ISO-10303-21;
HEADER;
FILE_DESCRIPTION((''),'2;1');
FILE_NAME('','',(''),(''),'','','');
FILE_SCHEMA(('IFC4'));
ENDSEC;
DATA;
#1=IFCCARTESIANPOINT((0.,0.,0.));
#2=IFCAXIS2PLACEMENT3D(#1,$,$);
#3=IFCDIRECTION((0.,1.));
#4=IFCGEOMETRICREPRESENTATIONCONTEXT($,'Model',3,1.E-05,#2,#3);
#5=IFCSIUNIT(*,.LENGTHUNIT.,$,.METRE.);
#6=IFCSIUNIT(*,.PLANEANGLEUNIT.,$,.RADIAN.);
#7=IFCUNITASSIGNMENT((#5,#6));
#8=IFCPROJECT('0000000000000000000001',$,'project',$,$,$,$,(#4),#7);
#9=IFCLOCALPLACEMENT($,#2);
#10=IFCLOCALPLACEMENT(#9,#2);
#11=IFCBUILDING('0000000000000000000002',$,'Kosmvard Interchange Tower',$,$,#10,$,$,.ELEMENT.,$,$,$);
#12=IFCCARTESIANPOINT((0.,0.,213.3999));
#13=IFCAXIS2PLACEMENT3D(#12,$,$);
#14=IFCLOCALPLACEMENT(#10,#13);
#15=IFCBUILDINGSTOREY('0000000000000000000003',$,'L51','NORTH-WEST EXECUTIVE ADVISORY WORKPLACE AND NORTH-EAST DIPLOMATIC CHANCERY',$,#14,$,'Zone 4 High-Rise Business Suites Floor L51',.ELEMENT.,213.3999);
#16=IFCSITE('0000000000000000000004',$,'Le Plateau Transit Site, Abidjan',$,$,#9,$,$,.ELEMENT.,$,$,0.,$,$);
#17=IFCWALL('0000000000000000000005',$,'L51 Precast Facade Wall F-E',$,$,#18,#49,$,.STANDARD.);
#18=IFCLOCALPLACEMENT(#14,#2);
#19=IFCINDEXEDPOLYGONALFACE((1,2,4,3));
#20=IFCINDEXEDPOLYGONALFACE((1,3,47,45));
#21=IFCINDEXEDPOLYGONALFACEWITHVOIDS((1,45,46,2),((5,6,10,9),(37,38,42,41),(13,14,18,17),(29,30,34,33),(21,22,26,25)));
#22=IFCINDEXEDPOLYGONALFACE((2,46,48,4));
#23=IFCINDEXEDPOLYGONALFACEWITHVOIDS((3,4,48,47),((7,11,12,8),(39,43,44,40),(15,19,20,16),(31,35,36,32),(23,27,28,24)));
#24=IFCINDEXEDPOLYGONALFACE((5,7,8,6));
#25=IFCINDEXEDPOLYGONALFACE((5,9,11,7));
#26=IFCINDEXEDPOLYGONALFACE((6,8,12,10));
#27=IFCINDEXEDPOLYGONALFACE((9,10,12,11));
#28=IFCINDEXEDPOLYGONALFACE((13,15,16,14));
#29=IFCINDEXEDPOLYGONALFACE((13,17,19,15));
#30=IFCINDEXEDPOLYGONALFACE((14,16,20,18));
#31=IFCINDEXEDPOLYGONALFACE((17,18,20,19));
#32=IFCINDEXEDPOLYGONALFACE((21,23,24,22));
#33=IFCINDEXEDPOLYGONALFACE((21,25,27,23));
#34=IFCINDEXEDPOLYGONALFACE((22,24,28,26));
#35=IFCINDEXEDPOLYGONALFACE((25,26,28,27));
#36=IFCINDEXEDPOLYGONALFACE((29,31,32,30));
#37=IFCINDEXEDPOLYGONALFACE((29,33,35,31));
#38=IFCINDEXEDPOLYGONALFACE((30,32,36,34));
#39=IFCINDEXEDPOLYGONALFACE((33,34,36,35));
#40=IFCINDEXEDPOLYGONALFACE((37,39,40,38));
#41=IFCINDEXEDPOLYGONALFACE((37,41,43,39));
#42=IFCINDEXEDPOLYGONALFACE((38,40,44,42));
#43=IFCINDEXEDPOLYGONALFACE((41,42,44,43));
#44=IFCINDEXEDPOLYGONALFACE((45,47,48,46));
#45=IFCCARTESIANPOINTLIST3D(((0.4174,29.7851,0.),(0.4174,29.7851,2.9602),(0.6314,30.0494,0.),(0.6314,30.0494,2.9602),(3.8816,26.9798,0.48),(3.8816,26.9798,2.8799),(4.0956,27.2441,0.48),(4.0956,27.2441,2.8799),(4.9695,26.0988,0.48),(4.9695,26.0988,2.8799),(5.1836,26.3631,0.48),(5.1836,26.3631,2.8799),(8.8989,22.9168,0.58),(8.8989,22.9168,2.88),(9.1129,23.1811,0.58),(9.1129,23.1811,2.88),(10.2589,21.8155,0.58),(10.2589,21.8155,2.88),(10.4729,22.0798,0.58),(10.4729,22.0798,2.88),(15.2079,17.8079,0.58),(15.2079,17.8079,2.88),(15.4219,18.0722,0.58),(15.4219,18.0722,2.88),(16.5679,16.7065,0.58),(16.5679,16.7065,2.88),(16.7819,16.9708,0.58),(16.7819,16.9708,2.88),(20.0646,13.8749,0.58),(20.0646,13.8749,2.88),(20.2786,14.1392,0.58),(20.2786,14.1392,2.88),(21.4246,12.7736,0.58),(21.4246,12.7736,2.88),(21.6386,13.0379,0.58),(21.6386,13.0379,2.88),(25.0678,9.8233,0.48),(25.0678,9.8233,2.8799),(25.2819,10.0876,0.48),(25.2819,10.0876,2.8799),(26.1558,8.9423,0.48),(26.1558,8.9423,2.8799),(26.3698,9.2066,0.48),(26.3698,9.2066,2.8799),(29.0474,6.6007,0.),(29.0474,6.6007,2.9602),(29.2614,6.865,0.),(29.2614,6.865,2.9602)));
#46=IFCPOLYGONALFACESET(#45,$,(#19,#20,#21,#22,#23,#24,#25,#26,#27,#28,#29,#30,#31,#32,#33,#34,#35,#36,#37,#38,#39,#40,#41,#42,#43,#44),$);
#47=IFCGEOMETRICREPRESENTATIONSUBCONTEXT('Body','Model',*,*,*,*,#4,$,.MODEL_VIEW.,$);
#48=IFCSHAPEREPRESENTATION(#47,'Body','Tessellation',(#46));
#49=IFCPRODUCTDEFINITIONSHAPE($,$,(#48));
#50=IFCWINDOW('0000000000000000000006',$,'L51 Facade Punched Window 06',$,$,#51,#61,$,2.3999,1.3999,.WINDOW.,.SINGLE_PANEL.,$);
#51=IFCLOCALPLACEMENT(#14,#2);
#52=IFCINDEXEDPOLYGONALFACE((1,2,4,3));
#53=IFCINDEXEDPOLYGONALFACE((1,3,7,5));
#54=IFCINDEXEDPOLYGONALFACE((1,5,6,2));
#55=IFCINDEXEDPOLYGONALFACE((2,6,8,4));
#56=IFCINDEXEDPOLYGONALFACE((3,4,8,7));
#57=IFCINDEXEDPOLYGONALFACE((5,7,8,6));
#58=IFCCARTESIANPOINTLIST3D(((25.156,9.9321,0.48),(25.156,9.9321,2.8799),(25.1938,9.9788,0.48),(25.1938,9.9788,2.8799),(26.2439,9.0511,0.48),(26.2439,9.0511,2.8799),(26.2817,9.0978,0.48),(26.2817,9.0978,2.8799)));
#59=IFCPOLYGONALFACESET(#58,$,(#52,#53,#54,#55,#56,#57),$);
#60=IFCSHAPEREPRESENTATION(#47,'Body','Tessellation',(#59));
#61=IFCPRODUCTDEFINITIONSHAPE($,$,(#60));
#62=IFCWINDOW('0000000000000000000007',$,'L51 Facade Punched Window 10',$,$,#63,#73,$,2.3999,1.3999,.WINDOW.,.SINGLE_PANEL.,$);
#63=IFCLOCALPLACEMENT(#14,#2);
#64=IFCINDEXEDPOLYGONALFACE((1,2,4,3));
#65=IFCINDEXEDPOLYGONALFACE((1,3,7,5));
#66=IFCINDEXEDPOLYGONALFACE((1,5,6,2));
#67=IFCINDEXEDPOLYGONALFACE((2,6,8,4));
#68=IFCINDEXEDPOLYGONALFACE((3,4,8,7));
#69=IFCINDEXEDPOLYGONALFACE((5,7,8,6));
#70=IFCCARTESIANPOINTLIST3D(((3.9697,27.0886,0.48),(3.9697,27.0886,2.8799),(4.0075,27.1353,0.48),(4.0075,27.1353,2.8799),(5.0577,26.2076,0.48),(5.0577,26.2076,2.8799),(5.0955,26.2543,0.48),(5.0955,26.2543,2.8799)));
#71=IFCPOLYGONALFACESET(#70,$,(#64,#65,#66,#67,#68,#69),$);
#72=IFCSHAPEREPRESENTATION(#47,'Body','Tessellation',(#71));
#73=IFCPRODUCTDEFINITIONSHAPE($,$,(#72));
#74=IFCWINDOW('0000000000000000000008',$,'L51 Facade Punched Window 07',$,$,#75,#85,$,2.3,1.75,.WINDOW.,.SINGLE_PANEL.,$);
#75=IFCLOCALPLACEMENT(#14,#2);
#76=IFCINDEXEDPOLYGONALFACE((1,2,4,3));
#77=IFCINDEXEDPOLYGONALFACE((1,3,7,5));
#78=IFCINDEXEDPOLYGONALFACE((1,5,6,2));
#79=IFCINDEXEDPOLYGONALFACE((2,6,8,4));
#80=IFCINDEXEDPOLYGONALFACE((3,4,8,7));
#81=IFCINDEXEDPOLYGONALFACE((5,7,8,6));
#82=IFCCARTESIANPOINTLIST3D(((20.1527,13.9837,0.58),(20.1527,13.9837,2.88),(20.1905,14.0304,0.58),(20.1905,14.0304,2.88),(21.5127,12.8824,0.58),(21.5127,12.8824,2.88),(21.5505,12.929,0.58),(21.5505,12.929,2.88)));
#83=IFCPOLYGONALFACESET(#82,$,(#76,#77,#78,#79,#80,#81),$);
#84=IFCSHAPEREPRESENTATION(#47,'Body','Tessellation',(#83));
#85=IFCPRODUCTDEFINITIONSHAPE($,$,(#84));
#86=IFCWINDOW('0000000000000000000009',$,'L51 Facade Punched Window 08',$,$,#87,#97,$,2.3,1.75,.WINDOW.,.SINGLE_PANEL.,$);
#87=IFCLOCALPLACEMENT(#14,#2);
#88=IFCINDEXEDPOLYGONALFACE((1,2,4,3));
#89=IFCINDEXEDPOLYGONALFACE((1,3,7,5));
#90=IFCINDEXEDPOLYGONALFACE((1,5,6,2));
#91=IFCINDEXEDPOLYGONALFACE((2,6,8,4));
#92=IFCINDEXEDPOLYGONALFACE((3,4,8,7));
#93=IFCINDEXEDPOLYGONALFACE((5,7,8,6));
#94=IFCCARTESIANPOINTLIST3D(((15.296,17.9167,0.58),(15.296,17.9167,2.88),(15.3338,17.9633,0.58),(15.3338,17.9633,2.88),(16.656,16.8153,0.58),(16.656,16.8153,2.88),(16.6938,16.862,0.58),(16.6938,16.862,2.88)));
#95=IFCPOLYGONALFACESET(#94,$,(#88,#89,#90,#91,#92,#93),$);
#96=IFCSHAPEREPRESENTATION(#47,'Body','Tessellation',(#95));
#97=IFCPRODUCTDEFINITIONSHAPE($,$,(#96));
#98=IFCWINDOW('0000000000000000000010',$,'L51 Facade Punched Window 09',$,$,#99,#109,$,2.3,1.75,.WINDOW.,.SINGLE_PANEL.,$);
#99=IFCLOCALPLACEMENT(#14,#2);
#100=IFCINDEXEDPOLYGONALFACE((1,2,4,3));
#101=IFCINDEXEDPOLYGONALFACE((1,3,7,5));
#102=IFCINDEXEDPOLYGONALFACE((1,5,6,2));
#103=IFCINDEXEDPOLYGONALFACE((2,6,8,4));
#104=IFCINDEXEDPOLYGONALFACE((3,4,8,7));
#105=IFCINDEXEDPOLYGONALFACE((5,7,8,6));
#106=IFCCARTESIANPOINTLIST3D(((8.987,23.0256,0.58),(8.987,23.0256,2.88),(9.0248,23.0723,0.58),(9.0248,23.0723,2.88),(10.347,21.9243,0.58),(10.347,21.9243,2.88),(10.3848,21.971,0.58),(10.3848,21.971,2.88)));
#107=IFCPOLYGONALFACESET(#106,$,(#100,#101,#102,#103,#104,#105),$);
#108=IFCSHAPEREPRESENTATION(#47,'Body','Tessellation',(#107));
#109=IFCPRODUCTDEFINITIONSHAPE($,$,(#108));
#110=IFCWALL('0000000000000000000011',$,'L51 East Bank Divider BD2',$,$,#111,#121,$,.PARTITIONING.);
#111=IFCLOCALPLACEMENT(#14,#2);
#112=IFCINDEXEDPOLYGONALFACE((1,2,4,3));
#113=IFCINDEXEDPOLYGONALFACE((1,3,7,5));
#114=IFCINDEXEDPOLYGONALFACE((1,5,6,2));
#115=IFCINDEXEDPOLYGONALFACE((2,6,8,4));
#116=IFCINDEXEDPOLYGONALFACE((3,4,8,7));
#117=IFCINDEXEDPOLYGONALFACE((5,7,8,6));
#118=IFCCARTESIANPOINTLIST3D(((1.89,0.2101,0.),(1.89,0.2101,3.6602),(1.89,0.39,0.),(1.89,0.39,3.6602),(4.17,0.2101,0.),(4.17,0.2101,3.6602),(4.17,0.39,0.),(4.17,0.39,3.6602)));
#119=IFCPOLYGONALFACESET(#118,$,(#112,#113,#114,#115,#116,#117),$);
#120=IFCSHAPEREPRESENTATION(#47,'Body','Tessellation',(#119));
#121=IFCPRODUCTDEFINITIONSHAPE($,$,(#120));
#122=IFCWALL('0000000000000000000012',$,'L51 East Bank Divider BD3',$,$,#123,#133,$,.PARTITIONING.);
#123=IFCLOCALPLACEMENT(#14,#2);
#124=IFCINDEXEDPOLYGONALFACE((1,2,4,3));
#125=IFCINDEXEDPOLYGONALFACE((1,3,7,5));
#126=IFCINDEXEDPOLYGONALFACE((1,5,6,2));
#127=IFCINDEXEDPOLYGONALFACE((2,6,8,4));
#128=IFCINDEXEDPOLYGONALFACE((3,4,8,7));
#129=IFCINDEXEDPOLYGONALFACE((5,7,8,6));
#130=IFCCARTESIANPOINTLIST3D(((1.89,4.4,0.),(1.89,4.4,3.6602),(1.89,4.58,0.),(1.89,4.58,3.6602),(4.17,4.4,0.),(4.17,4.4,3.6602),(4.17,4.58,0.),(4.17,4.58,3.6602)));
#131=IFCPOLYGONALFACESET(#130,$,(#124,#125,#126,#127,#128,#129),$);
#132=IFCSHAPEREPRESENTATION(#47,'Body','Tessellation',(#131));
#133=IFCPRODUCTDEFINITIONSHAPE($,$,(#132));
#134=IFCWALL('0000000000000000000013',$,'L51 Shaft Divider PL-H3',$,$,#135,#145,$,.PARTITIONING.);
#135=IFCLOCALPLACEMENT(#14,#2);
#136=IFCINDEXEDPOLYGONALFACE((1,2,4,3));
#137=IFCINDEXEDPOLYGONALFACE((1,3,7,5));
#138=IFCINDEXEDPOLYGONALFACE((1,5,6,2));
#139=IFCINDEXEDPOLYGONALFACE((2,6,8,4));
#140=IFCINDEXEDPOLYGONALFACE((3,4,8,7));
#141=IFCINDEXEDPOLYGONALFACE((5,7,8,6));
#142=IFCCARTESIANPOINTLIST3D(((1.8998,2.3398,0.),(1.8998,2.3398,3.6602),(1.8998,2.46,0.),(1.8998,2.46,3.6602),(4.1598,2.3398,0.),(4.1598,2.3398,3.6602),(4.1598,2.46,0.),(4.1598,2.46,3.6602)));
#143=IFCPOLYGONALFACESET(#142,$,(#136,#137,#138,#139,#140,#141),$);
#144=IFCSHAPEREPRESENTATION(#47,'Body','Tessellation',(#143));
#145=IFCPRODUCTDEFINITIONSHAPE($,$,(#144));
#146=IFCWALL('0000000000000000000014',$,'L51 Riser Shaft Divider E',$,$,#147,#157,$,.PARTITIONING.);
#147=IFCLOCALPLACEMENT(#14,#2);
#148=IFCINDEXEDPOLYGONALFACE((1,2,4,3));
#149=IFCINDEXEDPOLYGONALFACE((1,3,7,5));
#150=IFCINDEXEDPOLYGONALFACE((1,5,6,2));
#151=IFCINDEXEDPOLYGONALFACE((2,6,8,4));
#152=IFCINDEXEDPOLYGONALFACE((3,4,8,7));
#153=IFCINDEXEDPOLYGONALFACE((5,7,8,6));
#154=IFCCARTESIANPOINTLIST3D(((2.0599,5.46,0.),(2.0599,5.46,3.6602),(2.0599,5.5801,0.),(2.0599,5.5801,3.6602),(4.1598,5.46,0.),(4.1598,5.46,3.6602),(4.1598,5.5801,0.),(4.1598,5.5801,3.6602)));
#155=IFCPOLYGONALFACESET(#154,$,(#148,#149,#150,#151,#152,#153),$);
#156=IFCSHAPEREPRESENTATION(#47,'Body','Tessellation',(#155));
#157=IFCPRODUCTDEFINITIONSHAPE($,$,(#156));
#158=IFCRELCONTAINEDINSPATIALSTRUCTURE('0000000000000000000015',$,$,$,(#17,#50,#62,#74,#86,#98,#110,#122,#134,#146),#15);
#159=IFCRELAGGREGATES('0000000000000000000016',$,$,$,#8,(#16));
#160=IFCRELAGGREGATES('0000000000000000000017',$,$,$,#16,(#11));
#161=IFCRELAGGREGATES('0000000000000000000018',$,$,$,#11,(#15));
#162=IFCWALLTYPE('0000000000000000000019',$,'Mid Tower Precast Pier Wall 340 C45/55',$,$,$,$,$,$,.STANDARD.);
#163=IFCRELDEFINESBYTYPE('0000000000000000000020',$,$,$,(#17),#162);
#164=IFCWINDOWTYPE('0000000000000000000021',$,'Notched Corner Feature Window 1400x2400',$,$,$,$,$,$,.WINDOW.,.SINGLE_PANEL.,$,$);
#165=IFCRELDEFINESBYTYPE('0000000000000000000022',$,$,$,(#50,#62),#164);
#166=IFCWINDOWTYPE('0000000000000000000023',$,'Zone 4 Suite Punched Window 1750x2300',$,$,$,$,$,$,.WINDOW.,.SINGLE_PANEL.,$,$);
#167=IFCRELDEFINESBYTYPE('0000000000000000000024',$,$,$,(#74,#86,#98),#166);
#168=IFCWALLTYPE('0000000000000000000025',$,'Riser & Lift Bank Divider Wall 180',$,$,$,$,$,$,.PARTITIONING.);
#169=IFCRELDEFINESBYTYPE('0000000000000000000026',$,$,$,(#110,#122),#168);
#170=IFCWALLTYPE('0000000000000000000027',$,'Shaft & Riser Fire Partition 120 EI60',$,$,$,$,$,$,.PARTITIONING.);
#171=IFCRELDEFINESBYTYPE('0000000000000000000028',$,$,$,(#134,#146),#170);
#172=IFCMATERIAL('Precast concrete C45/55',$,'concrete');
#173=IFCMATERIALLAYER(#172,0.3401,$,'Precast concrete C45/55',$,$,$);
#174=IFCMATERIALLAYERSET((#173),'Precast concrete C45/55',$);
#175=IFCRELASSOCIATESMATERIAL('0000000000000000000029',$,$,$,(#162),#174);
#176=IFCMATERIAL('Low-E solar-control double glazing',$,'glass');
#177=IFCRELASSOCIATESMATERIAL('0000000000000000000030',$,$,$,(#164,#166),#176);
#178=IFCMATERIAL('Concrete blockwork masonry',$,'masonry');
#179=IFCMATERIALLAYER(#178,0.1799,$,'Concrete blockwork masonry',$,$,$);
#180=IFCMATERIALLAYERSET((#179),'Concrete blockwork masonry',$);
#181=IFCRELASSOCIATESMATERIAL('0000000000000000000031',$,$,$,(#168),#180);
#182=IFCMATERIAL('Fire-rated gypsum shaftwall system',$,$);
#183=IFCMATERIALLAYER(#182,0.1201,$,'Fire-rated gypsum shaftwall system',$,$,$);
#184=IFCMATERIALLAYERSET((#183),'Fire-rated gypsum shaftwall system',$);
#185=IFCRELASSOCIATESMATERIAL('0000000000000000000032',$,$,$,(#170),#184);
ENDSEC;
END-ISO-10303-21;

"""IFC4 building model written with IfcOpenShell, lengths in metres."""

from ifc_helpers import new_model, si_unit, direction, frame, frame_2d, origin, place, context, subcontext, project, spatial, rectangle, extrude, source, transform, mapped, material, layer, layer_set, type_object, element, fill, save


model = new_model("IFC4")

# Units and contexts
model_context = context("Model", 3, precision=1e-05, world=origin(), true_north=direction((0.0, 1.0)))
body_context = subcontext(model_context, "Body", "Model", "MODEL_VIEW")
ifc_project = project(units=[si_unit("LENGTHUNIT", "METRE"), si_unit("PLANEANGLEUNIT", "RADIAN")], contexts=[model_context])

# Site, building, storey
site_placement = place(None, origin())
site = spatial("IfcSite", under=ifc_project, at=site_placement, Name="Le Plateau Transit Site, Abidjan", CompositionType="ELEMENT", RefElevation=0.0)
building_placement = place(site_placement, origin())
building = spatial("IfcBuilding", under=site, at=building_placement, Name="Kosmvard Interchange Tower", CompositionType="ELEMENT")
storey_placement = place(building_placement, frame((0.0, 0.0, 213.3999)))
storey = spatial("IfcBuildingStorey", under=building, at=storey_placement, Name="L51", Description="NORTH-WEST EXECUTIVE ADVISORY WORKPLACE AND NORTH-EAST DIPLOMATIC CHANCERY", LongName="Zone 4 High-Rise Business Suites Floor L51", CompositionType="ELEMENT", Elevation=213.3999)

# Shared definitions
ifc_material_1 = material(Name="Concrete blockwork masonry", Category="masonry")

# Shared definitions
ifc_material_2 = material(Name="Precast concrete C45/55", Category="concrete")
ifc_layer_1 = layer(ifc_material_2, 0.3401, Name="Precast concrete C45/55")
ifc_layer_set_1 = layer_set([ifc_layer_1], Name="Precast concrete C45/55")
wall_type_1 = type_object("IfcWallType", Name="Mid Tower Precast Pier Wall 340 C45/55", PredefinedType="STANDARD", material=ifc_layer_set_1)
ifc_material_3 = material(Name="Low-E solar-control double glazing", Category="glass")
window_type_1 = type_object("IfcWindowType", Name="Notched Corner Feature Window 1400x2400", PartitioningType="SINGLE_PANEL", PredefinedType="WINDOW", material=ifc_material_3)
shared_shape_1 = source(origin(), body_context, "Body", "SweptSolid", [
    extrude(rectangle(XDim=1.3999, YDim=2.3999, at=frame_2d((0.7, 1.2))), frame((0.0, 0.03, 0.0), z_axis=(0.0, -1.0, 0.0), x_axis=(1.0, 0.0, 0.0)), (0.0, 0.0, 1.0), 0.0601),
])

# Wall, openings, windows
wall_1_placement = place(storey_placement, frame((29.1543, 6.7329, 0.0), z_axis=(0.0, 0.0, 1.0), x_axis=(-0.777142, 0.629325, 0.0)))
wall_1 = element("IfcWall", 1, at=wall_1_placement, inside=storey, type_object=wall_type_1, Name="L51 Precast Facade Wall F-E", PredefinedType="STANDARD", context=body_context, shape_type="SweptSolid", body=[
    extrude(rectangle(XDim=36.8401, YDim=0.3401, at=frame_2d((18.4199, 0.0))), origin(), (0.0, 0.0, 1.0), 2.9602),
])
opening_1_placement = place(wall_1_placement, frame((3.7207, 0.0, 0.48)))
opening_1 = element("IfcOpeningElement", 2, at=opening_1_placement, cuts=wall_1, PredefinedType="OPENING", context=body_context, shape_type="SweptSolid", body=[
    extrude(rectangle(XDim=1.3999, YDim=2.3999, at=frame_2d((0.7, 1.2))), frame((0.0, 0.1802, 0.0), z_axis=(0.0, -1.0, 0.0), x_axis=(1.0, 0.0, 0.0)), (0.0, 0.0, 1.0), 0.3601),
])
opening_2_placement = place(wall_1_placement, frame((9.8086, 0.0, 0.5801)))
opening_2 = element("IfcOpeningElement", 3, at=opening_2_placement, cuts=wall_1, PredefinedType="OPENING", context=body_context, shape_type="SweptSolid", body=[
    extrude(rectangle(XDim=1.75, YDim=2.3, at=frame_2d((0.875, 1.1499))), frame((0.0, 0.1802, 0.0), z_axis=(0.0, -1.0, 0.0), x_axis=(1.0, 0.0, 0.0)), (0.0, 0.0, 1.0), 0.3601),
])
opening_3_placement = place(wall_1_placement, frame((16.0581, 0.0, 0.5801)))
opening_3 = element("IfcOpeningElement", 4, at=opening_3_placement, cuts=wall_1, PredefinedType="OPENING", context=body_context, shape_type="SweptSolid", body=[
    extrude(rectangle(XDim=1.75, YDim=2.3, at=frame_2d((0.875, 1.1499))), frame((0.0, 0.1802, 0.0), z_axis=(0.0, -1.0, 0.0), x_axis=(1.0, 0.0, 0.0)), (0.0, 0.0, 1.0), 0.3601),
])
opening_4_placement = place(wall_1_placement, frame((24.1763, 0.0, 0.5801)))
opening_4 = element("IfcOpeningElement", 5, at=opening_4_placement, cuts=wall_1, PredefinedType="OPENING", context=body_context, shape_type="SweptSolid", body=[
    extrude(rectangle(XDim=1.75, YDim=2.3, at=frame_2d((0.875, 1.1499))), frame((0.0, 0.1802, 0.0), z_axis=(0.0, -1.0, 0.0), x_axis=(1.0, 0.0, 0.0)), (0.0, 0.0, 1.0), 0.3601),
])
opening_5_placement = place(wall_1_placement, frame((30.9824, 0.0, 0.48)))
opening_5 = element("IfcOpeningElement", 6, at=opening_5_placement, cuts=wall_1, PredefinedType="OPENING", context=body_context, shape_type="SweptSolid", body=[
    extrude(rectangle(XDim=1.3999, YDim=2.3999, at=frame_2d((0.7, 1.2))), frame((0.0, 0.1802, 0.0), z_axis=(0.0, -1.0, 0.0), x_axis=(1.0, 0.0, 0.0)), (0.0, 0.0, 1.0), 0.3601),
])
window_1_placement = place(opening_1_placement, origin())
window_1 = element("IfcWindow", 7, at=window_1_placement, inside=storey, type_object=window_type_1, Name="L51 Facade Punched Window 06", OverallHeight=2.3999, OverallWidth=1.3999, PartitioningType="SINGLE_PANEL", PredefinedType="WINDOW", context=body_context, shape_type="MappedRepresentation", body=[
    mapped(shared_shape_1, transform((0.0, 0.0, 0.0), scale=1.0)),
])
fill(opening_1, window_1)
window_2_placement = place(opening_5_placement, origin())
window_2 = element("IfcWindow", 8, at=window_2_placement, inside=storey, type_object=window_type_1, Name="L51 Facade Punched Window 10", OverallHeight=2.3999, OverallWidth=1.3999, PartitioningType="SINGLE_PANEL", PredefinedType="WINDOW", context=body_context, shape_type="MappedRepresentation", body=[
    mapped(shared_shape_1, transform((0.0, 0.0, 0.0), scale=1.0)),
])
fill(opening_5, window_2)
window_type_2 = type_object("IfcWindowType", Name="Zone 4 Suite Punched Window 1750x2300", PartitioningType="SINGLE_PANEL", PredefinedType="WINDOW", material=ifc_material_3)
shared_shape_2 = source(origin(), body_context, "Body", "SweptSolid", [
    extrude(rectangle(XDim=1.75, YDim=2.3, at=frame_2d((0.875, 1.1499))), frame((0.0, 0.03, 0.0), z_axis=(0.0, -1.0, 0.0), x_axis=(1.0, 0.0, 0.0)), (0.0, 0.0, 1.0), 0.0601),
])
window_3_placement = place(opening_2_placement, origin())
window_3 = element("IfcWindow", 9, at=window_3_placement, inside=storey, type_object=window_type_2, Name="L51 Facade Punched Window 07", OverallHeight=2.3, OverallWidth=1.75, PartitioningType="SINGLE_PANEL", PredefinedType="WINDOW", context=body_context, shape_type="MappedRepresentation", body=[
    mapped(shared_shape_2, transform((0.0, 0.0, 0.0), scale=1.0)),
])
fill(opening_2, window_3)
window_4_placement = place(opening_3_placement, origin())
window_4 = element("IfcWindow", 10, at=window_4_placement, inside=storey, type_object=window_type_2, Name="L51 Facade Punched Window 08", OverallHeight=2.3, OverallWidth=1.75, PartitioningType="SINGLE_PANEL", PredefinedType="WINDOW", context=body_context, shape_type="MappedRepresentation", body=[
    mapped(shared_shape_2, transform((0.0, 0.0, 0.0), scale=1.0)),
])
fill(opening_3, window_4)
window_5_placement = place(opening_4_placement, origin())
window_5 = element("IfcWindow", 11, at=window_5_placement, inside=storey, type_object=window_type_2, Name="L51 Facade Punched Window 09", OverallHeight=2.3, OverallWidth=1.75, PartitioningType="SINGLE_PANEL", PredefinedType="WINDOW", context=body_context, shape_type="MappedRepresentation", body=[
    mapped(shared_shape_2, transform((0.0, 0.0, 0.0), scale=1.0)),
])
fill(opening_4, window_5)

# Walls
ifc_layer_2 = layer(ifc_material_1, 0.1799, Name="Concrete blockwork masonry")
ifc_layer_set_2 = layer_set([ifc_layer_2], Name="Concrete blockwork masonry")
wall_type_2 = type_object("IfcWallType", Name="Riser & Lift Bank Divider Wall 180", PredefinedType="PARTITIONING", material=ifc_layer_set_2)
for number, where, z_axis, x_axis, name in (
    (12, (1.8899, 0.3, 0.0), (0.0, 0.0, 1.0), (1.0, 0.0, 0.0), "L51 East Bank Divider BD2"),
    (13, (1.8899, 4.49, 0.0), (0.0, 0.0, 1.0), (1.0, 0.0, 0.0), "L51 East Bank Divider BD3"),
):
    element("IfcWall", number, at=place(storey_placement, frame(where, z_axis=z_axis, x_axis=x_axis)), inside=storey, type_object=wall_type_2, Name=name, PredefinedType="PARTITIONING", context=body_context, shape_type="SweptSolid", body=[
        extrude(rectangle(XDim=2.28, YDim=0.1799, at=frame_2d((1.1401, 0.0))), origin(), (0.0, 0.0, 1.0), 3.6602),
    ])
ifc_material_4 = material(Name="Fire-rated gypsum shaftwall system")
ifc_layer_3 = layer(ifc_material_4, 0.1201, Name="Fire-rated gypsum shaftwall system")
ifc_layer_set_3 = layer_set([ifc_layer_3], Name="Fire-rated gypsum shaftwall system")
wall_type_3 = type_object("IfcWallType", Name="Shaft & Riser Fire Partition 120 EI60", PredefinedType="PARTITIONING", material=ifc_layer_set_3)
wall_2_placement = place(storey_placement, frame((1.8999, 2.3999, 0.0), z_axis=(0.0, 0.0, 1.0), x_axis=(1.0, 0.0, 0.0)))
element("IfcWall", 14, at=wall_2_placement, inside=storey, type_object=wall_type_3, Name="L51 Shaft Divider PL-H3", PredefinedType="PARTITIONING", context=body_context, shape_type="SweptSolid", body=[
    extrude(rectangle(XDim=2.26, YDim=0.1201, at=frame_2d((1.1299, 0.0))), origin(), (0.0, 0.0, 1.0), 3.6602),
])
wall_3_placement = place(storey_placement, frame((2.0601, 5.52, 0.0), z_axis=(0.0, 0.0, 1.0), x_axis=(1.0, 0.0, 0.0)))
element("IfcWall", 15, at=wall_3_placement, inside=storey, type_object=wall_type_3, Name="L51 Riser Shaft Divider E", PredefinedType="PARTITIONING", context=body_context, shape_type="SweptSolid", body=[
    extrude(rectangle(XDim=2.0999, YDim=0.1201, at=frame_2d((1.0498, 0.0))), origin(), (0.0, 0.0, 1.0), 3.6602),
])

save(model, "model.ifc")
